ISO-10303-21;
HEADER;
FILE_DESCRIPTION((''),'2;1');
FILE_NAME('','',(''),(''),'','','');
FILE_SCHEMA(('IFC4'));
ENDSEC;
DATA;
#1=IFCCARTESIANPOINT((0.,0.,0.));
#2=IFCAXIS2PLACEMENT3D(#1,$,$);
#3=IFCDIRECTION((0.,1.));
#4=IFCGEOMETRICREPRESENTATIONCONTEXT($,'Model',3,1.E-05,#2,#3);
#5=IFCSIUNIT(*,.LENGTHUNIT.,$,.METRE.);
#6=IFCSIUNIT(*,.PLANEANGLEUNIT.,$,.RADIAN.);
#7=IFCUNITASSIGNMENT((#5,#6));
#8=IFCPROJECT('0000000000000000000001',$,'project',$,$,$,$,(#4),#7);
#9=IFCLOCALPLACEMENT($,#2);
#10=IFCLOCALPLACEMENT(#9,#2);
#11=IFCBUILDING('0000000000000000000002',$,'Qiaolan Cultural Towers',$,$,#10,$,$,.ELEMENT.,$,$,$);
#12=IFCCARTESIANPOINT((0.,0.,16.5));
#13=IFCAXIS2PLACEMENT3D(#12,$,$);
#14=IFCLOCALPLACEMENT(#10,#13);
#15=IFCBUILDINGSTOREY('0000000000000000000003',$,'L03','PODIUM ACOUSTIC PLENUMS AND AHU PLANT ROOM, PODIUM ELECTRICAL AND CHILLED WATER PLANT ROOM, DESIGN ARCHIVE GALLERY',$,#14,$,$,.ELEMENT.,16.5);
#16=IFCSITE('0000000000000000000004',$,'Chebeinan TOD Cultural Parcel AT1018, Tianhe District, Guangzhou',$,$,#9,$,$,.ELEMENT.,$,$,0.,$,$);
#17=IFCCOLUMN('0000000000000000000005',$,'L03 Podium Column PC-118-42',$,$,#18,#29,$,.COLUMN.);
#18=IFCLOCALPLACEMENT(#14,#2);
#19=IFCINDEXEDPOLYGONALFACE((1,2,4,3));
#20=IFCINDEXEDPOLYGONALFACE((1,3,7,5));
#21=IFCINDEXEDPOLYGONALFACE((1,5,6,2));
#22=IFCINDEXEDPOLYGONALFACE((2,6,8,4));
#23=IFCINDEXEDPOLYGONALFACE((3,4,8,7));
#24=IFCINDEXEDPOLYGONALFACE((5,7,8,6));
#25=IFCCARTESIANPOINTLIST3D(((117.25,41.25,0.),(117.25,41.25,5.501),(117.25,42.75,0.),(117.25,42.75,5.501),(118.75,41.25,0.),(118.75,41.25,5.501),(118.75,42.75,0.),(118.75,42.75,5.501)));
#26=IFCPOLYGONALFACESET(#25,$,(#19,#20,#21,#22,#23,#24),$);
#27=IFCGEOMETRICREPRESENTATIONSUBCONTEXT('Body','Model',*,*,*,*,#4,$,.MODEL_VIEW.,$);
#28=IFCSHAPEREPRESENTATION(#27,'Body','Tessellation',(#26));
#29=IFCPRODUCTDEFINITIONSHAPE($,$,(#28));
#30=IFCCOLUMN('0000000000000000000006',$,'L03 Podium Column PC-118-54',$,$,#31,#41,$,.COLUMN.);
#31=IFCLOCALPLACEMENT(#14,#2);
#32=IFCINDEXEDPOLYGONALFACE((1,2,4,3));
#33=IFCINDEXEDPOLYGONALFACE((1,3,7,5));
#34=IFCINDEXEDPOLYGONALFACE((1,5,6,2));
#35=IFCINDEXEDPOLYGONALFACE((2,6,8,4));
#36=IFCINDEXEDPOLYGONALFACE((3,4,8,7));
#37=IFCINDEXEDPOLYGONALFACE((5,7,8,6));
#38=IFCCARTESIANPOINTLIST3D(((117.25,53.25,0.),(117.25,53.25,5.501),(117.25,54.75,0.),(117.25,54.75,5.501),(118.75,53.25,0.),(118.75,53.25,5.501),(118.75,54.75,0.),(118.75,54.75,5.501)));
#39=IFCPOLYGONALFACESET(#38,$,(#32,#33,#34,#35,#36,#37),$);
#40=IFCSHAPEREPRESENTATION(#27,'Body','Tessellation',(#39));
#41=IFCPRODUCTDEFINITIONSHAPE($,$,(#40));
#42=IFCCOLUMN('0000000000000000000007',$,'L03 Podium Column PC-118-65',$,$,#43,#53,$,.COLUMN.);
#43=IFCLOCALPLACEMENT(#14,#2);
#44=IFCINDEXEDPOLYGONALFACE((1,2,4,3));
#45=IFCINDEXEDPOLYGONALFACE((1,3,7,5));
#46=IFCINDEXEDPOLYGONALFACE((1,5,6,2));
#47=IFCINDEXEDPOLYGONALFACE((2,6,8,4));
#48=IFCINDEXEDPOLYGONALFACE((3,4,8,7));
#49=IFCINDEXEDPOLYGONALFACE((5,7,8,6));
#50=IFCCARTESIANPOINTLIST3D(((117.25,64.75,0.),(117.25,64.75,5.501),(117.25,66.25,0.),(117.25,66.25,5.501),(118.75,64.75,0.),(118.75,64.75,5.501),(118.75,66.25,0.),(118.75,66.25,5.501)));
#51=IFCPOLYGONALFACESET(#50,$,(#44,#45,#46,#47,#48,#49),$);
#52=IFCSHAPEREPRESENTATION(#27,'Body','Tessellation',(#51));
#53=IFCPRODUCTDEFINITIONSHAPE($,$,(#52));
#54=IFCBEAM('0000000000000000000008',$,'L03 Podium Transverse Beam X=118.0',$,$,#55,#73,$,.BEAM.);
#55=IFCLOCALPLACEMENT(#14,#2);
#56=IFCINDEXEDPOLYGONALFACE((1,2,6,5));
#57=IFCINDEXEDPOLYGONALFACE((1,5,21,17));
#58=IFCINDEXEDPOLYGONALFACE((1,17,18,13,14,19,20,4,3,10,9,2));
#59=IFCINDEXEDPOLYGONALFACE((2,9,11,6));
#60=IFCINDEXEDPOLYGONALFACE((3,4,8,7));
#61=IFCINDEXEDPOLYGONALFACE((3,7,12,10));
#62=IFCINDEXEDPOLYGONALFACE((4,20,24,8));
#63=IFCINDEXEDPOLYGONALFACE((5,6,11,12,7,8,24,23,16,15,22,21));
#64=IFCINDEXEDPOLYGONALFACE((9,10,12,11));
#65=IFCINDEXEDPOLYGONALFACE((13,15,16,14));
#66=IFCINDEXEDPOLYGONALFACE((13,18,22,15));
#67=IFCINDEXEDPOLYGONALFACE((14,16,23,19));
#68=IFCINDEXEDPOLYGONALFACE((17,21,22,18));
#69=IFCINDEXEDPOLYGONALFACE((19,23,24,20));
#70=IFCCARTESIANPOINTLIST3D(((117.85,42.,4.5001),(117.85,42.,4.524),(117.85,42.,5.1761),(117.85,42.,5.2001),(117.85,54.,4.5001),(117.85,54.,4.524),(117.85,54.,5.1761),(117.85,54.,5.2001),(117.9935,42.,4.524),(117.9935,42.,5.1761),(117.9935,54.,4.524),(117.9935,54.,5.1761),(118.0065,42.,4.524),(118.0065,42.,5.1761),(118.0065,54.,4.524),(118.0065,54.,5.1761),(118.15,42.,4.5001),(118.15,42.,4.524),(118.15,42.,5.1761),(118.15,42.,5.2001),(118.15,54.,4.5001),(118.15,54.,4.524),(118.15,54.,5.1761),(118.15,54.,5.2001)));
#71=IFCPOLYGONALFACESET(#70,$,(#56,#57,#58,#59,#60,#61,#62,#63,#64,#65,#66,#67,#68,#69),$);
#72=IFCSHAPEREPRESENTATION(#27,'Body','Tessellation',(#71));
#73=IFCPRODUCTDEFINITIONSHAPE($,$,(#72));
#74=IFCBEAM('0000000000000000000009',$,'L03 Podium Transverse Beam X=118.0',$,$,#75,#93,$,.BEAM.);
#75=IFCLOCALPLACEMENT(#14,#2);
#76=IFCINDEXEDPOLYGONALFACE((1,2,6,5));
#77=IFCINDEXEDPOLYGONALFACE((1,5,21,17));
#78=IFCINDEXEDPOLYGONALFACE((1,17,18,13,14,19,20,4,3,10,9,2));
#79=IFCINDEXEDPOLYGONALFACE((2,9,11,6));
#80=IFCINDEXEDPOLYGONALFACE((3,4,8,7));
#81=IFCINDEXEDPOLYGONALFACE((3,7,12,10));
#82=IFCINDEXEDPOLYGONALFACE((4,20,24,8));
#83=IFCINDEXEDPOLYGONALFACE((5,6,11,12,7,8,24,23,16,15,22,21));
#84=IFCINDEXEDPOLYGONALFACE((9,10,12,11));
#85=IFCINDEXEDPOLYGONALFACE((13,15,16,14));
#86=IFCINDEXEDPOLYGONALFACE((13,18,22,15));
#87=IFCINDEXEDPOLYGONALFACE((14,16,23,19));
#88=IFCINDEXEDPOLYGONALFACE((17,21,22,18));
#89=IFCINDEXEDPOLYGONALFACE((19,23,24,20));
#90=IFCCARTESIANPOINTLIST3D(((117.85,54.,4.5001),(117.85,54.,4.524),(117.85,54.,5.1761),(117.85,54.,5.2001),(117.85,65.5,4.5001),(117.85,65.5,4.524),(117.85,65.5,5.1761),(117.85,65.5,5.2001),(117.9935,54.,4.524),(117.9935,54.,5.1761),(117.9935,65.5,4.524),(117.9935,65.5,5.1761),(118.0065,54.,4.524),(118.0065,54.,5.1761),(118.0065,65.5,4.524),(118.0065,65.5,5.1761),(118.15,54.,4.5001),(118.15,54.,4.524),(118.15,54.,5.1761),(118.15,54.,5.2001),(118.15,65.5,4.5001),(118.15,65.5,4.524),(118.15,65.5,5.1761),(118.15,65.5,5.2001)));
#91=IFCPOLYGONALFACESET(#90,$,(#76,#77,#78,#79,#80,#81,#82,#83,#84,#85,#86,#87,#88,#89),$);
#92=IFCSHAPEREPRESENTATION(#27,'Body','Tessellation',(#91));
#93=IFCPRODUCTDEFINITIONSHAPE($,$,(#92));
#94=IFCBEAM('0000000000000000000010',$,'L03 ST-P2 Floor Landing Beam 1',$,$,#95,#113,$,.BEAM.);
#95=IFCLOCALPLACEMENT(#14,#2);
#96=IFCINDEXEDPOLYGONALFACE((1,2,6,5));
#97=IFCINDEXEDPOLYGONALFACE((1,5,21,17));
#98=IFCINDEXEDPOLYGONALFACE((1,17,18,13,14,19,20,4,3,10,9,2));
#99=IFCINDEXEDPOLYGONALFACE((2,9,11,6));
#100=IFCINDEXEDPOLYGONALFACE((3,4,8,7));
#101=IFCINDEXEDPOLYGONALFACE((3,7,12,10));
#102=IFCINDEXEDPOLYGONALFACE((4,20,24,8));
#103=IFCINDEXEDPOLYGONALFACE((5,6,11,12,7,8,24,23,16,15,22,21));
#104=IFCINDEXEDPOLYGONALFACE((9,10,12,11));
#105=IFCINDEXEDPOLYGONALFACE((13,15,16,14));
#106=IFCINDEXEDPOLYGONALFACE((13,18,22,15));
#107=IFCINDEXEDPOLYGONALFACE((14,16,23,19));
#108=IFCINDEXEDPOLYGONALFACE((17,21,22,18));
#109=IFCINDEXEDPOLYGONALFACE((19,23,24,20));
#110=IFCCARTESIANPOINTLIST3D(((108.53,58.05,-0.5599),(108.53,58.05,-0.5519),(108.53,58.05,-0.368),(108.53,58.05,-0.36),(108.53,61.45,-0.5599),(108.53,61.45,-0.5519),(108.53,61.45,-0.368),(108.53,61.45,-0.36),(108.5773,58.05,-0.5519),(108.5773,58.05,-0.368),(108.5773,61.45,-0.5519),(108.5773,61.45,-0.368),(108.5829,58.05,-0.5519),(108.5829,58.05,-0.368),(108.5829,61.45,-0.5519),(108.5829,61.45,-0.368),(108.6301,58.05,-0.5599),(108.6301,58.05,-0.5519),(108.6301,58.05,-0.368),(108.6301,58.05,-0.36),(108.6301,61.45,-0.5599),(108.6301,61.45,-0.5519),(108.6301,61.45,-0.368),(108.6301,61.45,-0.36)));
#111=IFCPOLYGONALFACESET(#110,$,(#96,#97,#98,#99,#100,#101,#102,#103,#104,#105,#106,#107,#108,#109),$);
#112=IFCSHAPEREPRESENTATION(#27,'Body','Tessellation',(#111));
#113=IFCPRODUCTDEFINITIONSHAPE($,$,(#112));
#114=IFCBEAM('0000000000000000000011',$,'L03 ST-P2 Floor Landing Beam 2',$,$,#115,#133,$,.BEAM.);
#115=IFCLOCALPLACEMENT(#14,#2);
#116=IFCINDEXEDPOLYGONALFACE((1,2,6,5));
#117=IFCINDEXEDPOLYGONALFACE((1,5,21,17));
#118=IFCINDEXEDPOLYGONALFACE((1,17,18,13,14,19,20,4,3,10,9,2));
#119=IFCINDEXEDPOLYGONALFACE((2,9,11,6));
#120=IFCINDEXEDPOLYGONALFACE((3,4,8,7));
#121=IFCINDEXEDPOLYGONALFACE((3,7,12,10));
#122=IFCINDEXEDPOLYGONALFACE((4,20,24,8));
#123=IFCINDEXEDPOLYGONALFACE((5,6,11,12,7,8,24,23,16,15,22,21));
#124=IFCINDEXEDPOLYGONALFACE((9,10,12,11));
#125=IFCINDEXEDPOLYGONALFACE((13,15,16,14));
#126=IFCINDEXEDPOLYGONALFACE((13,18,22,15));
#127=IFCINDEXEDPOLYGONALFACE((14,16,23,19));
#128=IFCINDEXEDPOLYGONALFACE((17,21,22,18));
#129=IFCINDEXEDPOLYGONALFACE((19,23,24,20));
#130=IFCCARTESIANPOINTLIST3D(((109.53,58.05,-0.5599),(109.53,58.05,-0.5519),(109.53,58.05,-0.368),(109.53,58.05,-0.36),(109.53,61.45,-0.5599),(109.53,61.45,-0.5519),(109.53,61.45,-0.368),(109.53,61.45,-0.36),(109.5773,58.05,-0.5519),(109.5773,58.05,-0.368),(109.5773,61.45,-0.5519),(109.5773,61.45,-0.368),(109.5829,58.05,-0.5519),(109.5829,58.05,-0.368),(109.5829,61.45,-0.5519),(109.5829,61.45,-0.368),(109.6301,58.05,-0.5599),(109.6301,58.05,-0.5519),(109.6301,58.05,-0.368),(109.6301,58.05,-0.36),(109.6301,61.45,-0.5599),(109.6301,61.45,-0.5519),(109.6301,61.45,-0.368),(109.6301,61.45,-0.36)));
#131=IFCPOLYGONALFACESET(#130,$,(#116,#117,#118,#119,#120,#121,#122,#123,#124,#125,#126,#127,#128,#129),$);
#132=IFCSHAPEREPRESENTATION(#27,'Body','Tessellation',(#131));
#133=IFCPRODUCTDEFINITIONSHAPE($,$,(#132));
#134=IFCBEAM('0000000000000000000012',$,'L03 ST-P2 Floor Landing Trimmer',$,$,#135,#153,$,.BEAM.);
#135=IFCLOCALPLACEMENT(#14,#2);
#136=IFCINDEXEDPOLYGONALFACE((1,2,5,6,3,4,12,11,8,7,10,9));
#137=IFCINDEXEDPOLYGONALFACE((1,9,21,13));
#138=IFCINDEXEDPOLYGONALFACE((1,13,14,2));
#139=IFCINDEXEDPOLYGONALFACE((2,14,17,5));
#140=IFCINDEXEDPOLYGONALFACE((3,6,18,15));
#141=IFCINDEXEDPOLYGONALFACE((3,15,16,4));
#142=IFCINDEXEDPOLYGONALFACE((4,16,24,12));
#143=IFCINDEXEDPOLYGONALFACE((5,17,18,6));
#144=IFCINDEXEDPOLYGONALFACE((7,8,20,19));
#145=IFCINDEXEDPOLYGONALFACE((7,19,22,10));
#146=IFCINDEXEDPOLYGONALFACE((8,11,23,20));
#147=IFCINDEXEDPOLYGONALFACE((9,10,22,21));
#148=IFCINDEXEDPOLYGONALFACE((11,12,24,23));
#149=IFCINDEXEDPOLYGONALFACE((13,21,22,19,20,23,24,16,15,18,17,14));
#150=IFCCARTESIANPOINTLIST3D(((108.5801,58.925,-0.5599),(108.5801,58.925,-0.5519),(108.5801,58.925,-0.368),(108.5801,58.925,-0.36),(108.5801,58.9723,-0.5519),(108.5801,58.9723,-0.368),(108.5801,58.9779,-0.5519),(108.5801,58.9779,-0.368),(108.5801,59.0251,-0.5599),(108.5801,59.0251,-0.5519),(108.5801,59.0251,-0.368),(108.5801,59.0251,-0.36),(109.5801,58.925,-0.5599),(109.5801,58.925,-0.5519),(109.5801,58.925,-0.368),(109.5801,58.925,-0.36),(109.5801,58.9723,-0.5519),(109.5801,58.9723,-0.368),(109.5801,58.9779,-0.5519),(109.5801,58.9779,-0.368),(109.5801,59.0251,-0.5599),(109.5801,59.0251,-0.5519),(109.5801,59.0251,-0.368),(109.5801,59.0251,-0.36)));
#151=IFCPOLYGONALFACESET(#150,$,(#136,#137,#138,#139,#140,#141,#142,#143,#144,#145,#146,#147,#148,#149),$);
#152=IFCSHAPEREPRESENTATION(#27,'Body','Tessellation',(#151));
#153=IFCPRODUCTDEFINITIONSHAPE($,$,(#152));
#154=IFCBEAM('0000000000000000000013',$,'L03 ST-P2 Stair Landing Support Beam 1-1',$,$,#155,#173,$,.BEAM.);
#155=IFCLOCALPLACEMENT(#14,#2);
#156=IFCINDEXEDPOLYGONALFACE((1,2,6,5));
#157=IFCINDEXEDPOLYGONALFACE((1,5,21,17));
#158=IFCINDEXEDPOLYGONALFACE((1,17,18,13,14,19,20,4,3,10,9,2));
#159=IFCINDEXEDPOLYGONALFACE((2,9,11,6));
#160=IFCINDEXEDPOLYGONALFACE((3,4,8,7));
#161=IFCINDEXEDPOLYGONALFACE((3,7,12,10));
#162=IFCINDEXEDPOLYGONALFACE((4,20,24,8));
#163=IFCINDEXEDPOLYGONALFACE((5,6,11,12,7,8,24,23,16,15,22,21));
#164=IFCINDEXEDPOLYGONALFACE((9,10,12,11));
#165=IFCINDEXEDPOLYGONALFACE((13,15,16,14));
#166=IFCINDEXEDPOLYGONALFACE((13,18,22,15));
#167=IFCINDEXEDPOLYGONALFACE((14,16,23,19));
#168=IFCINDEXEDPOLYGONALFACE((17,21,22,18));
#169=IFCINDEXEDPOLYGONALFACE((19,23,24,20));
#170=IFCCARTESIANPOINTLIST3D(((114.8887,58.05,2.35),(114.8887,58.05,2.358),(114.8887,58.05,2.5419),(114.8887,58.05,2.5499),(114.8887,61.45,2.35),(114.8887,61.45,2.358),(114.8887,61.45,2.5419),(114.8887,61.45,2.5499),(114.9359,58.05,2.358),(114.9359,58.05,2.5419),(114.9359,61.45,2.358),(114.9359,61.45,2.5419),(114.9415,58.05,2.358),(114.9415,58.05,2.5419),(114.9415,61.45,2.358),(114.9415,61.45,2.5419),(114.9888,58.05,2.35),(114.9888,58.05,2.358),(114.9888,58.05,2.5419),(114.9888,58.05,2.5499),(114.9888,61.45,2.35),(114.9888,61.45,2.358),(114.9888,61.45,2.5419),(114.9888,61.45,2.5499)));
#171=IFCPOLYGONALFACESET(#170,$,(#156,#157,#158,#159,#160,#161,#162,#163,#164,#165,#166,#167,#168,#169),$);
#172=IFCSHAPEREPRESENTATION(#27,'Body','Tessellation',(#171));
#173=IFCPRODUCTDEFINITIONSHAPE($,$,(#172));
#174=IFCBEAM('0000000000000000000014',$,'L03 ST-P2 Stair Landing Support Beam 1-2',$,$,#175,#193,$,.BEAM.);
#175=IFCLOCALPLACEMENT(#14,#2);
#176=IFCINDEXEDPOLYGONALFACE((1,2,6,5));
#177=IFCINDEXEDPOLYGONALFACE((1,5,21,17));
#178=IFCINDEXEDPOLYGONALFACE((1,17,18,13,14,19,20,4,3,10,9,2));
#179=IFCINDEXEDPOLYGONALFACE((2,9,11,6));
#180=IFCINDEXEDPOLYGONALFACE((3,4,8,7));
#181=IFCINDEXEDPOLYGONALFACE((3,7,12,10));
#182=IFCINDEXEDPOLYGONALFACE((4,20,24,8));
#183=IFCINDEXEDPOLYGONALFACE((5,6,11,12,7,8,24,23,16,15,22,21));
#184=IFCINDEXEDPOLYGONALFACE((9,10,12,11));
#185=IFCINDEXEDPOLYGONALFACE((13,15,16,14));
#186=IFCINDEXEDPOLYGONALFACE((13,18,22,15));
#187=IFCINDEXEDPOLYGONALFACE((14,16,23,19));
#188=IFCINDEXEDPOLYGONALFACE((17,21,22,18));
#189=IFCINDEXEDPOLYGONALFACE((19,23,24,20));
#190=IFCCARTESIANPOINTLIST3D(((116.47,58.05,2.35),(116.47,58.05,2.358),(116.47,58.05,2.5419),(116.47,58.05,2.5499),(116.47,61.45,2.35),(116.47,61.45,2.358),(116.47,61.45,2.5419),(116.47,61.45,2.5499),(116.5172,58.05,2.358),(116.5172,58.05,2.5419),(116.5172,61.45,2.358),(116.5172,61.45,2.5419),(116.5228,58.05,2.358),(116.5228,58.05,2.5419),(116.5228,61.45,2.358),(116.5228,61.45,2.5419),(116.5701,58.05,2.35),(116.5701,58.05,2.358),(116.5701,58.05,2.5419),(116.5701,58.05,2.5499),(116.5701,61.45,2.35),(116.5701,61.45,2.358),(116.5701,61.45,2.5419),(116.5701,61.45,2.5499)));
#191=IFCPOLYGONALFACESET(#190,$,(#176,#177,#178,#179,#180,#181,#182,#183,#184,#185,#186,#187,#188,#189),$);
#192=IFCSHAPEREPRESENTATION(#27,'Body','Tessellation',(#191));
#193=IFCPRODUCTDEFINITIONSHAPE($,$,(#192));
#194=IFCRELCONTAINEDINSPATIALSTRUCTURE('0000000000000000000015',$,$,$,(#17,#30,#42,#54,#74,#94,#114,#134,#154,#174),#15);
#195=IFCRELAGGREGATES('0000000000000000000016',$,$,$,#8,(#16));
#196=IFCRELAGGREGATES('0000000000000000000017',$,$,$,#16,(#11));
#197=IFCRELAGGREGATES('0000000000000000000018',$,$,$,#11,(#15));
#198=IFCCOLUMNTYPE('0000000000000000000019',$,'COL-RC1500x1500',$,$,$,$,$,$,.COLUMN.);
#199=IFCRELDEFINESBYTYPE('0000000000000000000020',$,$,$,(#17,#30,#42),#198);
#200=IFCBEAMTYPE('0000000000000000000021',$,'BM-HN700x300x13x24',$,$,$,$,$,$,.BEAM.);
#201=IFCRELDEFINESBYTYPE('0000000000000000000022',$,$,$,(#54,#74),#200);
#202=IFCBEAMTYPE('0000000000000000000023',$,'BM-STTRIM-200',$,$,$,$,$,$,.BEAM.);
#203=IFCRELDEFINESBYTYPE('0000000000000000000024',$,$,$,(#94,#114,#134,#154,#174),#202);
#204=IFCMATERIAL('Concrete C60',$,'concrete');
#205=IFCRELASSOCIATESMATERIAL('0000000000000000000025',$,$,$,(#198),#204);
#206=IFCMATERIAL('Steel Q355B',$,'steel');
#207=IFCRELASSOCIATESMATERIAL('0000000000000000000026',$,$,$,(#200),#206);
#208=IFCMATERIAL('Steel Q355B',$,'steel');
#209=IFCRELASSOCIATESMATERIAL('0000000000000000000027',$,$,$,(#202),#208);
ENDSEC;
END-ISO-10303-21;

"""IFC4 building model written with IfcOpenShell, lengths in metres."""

from ifc_helpers import new_model, si_unit, direction, frame, origin, origin_2d, place, context, subcontext, project, spatial, rectangle, i_section, extrude, material, material_profile, profile_set, type_object, element, save


model = new_model("IFC4")

# Units and contexts
model_context = context("Model", 3, precision=1e-05, world=origin(), true_north=direction((0.0, 1.0)))
body_context = subcontext(model_context, "Body", "Model", "MODEL_VIEW")
ifc_project = project(units=[si_unit("LENGTHUNIT", "METRE"), si_unit("PLANEANGLEUNIT", "RADIAN")], contexts=[model_context])

# Site, building, storey
site_placement = place(None, origin())
site = spatial("IfcSite", under=ifc_project, at=site_placement, Name="Chebeinan TOD Cultural Parcel AT1018, Tianhe District, Guangzhou", CompositionType="ELEMENT", RefElevation=0.0)
building_placement = place(site_placement, origin())
building = spatial("IfcBuilding", under=site, at=building_placement, Name="Qiaolan Cultural Towers", CompositionType="ELEMENT")
storey_placement = place(building_placement, frame((0.0, 0.0, 16.5)))
storey = spatial("IfcBuildingStorey", under=building, at=storey_placement, Name="L03", Description="PODIUM ACOUSTIC PLENUMS AND AHU PLANT ROOM, PODIUM ELECTRICAL AND CHILLED WATER PLANT ROOM, DESIGN ARCHIVE GALLERY", CompositionType="ELEMENT", Elevation=16.5)

# Columns
ifc_material_1 = material(Name="Concrete C60", Category="concrete")
ifc_material_profile_1 = material_profile(ifc_material_1, rectangle(XDim=1.5, YDim=1.5, at=origin_2d()), Name="RC1500x1500")
ifc_profile_set_1 = profile_set([ifc_material_profile_1], Name="Concrete C60")
column_type = type_object("IfcColumnType", Name="COL-RC1500x1500", PredefinedType="COLUMN", material=ifc_profile_set_1)
for number, where, z_axis, x_axis, name in (
    (1, (118.0, 42.0, 0.0), (0.0, 0.0, 1.0), (1.0, 0.0, 0.0), "L03 Podium Column PC-118-42"),
    (2, (118.0, 54.0, 0.0), (0.0, 0.0, 1.0), (1.0, 0.0, 0.0), "L03 Podium Column PC-118-54"),
    (3, (118.0, 65.5, 0.0), (0.0, 0.0, 1.0), (1.0, 0.0, 0.0), "L03 Podium Column PC-118-65"),
):
    element("IfcColumn", number, at=place(storey_placement, frame(where, z_axis=z_axis, x_axis=x_axis)), inside=storey, type_object=column_type, Name=name, PredefinedType="COLUMN", context=body_context, shape_type="SweptSolid", body=[
        extrude(rectangle(XDim=1.5, YDim=1.5, at=origin_2d()), origin(), (0.0, 0.0, 1.0), 5.501),
    ])

# Beams
ifc_material_2 = material(Name="Steel Q355B", Category="steel")
ifc_material_profile_2 = material_profile(ifc_material_2, i_section(OverallWidth=0.3, OverallDepth=0.7, WebThickness=0.0129, FlangeThickness=0.0239, at=origin_2d()), Name="HN700x300x13x24")
ifc_profile_set_2 = profile_set([ifc_material_profile_2], Name="Steel Q355B")
beam_type_1 = type_object("IfcBeamType", Name="BM-HN700x300x13x24", PredefinedType="BEAM", material=ifc_profile_set_2)
beam_1_placement = place(storey_placement, frame((118.0, 42.0, 4.8501), z_axis=(0.0, 1.0, 0.0), x_axis=(-1.0, 0.0, 0.0)))
element("IfcBeam", 4, at=beam_1_placement, inside=storey, type_object=beam_type_1, Name="L03 Podium Transverse Beam X=118.0", PredefinedType="BEAM", context=body_context, shape_type="SweptSolid", body=[
    extrude(i_section(OverallWidth=0.3, OverallDepth=0.7, WebThickness=0.0129, FlangeThickness=0.0239, at=origin_2d()), origin(), (0.0, 0.0, 1.0), 12.0),
])
beam_2_placement = place(storey_placement, frame((118.0, 54.0, 4.8501), z_axis=(0.0, 1.0, 0.0), x_axis=(-1.0, 0.0, 0.0)))
element("IfcBeam", 5, at=beam_2_placement, inside=storey, type_object=beam_type_1, Name="L03 Podium Transverse Beam X=118.0", PredefinedType="BEAM", context=body_context, shape_type="SweptSolid", body=[
    extrude(i_section(OverallWidth=0.3, OverallDepth=0.7, WebThickness=0.0129, FlangeThickness=0.0239, at=origin_2d()), origin(), (0.0, 0.0, 1.0), 11.5),
])
ifc_material_3 = material(Name="Steel Q355B", Category="steel")
ifc_material_profile_3 = material_profile(ifc_material_3, i_section(OverallWidth=0.1001, OverallDepth=0.2, WebThickness=0.0056, FlangeThickness=0.0081, at=origin_2d()), Name="HN200x100x5.5x8")
ifc_profile_set_3 = profile_set([ifc_material_profile_3], Name="Steel Q355B")
beam_type_2 = type_object("IfcBeamType", Name="BM-STTRIM-200", PredefinedType="BEAM", material=ifc_profile_set_3)
for number, where, z_axis, x_axis, name in (
    (6, (108.5801, 58.05, -0.46), (0.0, 1.0, 0.0), (-1.0, 0.0, 0.0), "L03 ST-P2 Floor Landing Beam 1"),
    (7, (109.5801, 58.05, -0.46), (0.0, 1.0, 0.0), (-1.0, 0.0, 0.0), "L03 ST-P2 Floor Landing Beam 2"),
):
    element("IfcBeam", number, at=place(storey_placement, frame(where, z_axis=z_axis, x_axis=x_axis)), inside=storey, type_object=beam_type_2, Name=name, PredefinedType="BEAM", context=body_context, shape_type="SweptSolid", body=[
        extrude(i_section(OverallWidth=0.1001, OverallDepth=0.2, WebThickness=0.0056, FlangeThickness=0.0081, at=origin_2d()), origin(), (0.0, 0.0, 1.0), 3.3999),
    ])
beam_3_placement = place(storey_placement, frame((108.5801, 58.9751, -0.46), z_axis=(1.0, 0.0, 0.0), x_axis=(0.0, 1.0, 0.0)))
element("IfcBeam", 8, at=beam_3_placement, inside=storey, type_object=beam_type_2, Name="L03 ST-P2 Floor Landing Trimmer", PredefinedType="BEAM", context=body_context, shape_type="SweptSolid", body=[
    extrude(i_section(OverallWidth=0.1001, OverallDepth=0.2, WebThickness=0.0056, FlangeThickness=0.0081, at=origin_2d()), origin(), (0.0, 0.0, 1.0), 1.0),
])
for number, where, z_axis, x_axis, name in (
    (9, (114.9387, 58.05, 2.45), (0.0, 1.0, 0.0), (-1.0, 0.0, 0.0), "L03 ST-P2 Stair Landing Support Beam 1-1"),
    (10, (116.52, 58.05, 2.45), (0.0, 1.0, 0.0), (-1.0, 0.0, 0.0), "L03 ST-P2 Stair Landing Support Beam 1-2"),
):
    element("IfcBeam", number, at=place(storey_placement, frame(where, z_axis=z_axis, x_axis=x_axis)), inside=storey, type_object=beam_type_2, Name=name, PredefinedType="BEAM", context=body_context, shape_type="SweptSolid", body=[
        extrude(i_section(OverallWidth=0.1001, OverallDepth=0.2, WebThickness=0.0056, FlangeThickness=0.0081, at=origin_2d()), origin(), (0.0, 0.0, 1.0), 3.3999),
    ])

save(model, "model.ifc")
